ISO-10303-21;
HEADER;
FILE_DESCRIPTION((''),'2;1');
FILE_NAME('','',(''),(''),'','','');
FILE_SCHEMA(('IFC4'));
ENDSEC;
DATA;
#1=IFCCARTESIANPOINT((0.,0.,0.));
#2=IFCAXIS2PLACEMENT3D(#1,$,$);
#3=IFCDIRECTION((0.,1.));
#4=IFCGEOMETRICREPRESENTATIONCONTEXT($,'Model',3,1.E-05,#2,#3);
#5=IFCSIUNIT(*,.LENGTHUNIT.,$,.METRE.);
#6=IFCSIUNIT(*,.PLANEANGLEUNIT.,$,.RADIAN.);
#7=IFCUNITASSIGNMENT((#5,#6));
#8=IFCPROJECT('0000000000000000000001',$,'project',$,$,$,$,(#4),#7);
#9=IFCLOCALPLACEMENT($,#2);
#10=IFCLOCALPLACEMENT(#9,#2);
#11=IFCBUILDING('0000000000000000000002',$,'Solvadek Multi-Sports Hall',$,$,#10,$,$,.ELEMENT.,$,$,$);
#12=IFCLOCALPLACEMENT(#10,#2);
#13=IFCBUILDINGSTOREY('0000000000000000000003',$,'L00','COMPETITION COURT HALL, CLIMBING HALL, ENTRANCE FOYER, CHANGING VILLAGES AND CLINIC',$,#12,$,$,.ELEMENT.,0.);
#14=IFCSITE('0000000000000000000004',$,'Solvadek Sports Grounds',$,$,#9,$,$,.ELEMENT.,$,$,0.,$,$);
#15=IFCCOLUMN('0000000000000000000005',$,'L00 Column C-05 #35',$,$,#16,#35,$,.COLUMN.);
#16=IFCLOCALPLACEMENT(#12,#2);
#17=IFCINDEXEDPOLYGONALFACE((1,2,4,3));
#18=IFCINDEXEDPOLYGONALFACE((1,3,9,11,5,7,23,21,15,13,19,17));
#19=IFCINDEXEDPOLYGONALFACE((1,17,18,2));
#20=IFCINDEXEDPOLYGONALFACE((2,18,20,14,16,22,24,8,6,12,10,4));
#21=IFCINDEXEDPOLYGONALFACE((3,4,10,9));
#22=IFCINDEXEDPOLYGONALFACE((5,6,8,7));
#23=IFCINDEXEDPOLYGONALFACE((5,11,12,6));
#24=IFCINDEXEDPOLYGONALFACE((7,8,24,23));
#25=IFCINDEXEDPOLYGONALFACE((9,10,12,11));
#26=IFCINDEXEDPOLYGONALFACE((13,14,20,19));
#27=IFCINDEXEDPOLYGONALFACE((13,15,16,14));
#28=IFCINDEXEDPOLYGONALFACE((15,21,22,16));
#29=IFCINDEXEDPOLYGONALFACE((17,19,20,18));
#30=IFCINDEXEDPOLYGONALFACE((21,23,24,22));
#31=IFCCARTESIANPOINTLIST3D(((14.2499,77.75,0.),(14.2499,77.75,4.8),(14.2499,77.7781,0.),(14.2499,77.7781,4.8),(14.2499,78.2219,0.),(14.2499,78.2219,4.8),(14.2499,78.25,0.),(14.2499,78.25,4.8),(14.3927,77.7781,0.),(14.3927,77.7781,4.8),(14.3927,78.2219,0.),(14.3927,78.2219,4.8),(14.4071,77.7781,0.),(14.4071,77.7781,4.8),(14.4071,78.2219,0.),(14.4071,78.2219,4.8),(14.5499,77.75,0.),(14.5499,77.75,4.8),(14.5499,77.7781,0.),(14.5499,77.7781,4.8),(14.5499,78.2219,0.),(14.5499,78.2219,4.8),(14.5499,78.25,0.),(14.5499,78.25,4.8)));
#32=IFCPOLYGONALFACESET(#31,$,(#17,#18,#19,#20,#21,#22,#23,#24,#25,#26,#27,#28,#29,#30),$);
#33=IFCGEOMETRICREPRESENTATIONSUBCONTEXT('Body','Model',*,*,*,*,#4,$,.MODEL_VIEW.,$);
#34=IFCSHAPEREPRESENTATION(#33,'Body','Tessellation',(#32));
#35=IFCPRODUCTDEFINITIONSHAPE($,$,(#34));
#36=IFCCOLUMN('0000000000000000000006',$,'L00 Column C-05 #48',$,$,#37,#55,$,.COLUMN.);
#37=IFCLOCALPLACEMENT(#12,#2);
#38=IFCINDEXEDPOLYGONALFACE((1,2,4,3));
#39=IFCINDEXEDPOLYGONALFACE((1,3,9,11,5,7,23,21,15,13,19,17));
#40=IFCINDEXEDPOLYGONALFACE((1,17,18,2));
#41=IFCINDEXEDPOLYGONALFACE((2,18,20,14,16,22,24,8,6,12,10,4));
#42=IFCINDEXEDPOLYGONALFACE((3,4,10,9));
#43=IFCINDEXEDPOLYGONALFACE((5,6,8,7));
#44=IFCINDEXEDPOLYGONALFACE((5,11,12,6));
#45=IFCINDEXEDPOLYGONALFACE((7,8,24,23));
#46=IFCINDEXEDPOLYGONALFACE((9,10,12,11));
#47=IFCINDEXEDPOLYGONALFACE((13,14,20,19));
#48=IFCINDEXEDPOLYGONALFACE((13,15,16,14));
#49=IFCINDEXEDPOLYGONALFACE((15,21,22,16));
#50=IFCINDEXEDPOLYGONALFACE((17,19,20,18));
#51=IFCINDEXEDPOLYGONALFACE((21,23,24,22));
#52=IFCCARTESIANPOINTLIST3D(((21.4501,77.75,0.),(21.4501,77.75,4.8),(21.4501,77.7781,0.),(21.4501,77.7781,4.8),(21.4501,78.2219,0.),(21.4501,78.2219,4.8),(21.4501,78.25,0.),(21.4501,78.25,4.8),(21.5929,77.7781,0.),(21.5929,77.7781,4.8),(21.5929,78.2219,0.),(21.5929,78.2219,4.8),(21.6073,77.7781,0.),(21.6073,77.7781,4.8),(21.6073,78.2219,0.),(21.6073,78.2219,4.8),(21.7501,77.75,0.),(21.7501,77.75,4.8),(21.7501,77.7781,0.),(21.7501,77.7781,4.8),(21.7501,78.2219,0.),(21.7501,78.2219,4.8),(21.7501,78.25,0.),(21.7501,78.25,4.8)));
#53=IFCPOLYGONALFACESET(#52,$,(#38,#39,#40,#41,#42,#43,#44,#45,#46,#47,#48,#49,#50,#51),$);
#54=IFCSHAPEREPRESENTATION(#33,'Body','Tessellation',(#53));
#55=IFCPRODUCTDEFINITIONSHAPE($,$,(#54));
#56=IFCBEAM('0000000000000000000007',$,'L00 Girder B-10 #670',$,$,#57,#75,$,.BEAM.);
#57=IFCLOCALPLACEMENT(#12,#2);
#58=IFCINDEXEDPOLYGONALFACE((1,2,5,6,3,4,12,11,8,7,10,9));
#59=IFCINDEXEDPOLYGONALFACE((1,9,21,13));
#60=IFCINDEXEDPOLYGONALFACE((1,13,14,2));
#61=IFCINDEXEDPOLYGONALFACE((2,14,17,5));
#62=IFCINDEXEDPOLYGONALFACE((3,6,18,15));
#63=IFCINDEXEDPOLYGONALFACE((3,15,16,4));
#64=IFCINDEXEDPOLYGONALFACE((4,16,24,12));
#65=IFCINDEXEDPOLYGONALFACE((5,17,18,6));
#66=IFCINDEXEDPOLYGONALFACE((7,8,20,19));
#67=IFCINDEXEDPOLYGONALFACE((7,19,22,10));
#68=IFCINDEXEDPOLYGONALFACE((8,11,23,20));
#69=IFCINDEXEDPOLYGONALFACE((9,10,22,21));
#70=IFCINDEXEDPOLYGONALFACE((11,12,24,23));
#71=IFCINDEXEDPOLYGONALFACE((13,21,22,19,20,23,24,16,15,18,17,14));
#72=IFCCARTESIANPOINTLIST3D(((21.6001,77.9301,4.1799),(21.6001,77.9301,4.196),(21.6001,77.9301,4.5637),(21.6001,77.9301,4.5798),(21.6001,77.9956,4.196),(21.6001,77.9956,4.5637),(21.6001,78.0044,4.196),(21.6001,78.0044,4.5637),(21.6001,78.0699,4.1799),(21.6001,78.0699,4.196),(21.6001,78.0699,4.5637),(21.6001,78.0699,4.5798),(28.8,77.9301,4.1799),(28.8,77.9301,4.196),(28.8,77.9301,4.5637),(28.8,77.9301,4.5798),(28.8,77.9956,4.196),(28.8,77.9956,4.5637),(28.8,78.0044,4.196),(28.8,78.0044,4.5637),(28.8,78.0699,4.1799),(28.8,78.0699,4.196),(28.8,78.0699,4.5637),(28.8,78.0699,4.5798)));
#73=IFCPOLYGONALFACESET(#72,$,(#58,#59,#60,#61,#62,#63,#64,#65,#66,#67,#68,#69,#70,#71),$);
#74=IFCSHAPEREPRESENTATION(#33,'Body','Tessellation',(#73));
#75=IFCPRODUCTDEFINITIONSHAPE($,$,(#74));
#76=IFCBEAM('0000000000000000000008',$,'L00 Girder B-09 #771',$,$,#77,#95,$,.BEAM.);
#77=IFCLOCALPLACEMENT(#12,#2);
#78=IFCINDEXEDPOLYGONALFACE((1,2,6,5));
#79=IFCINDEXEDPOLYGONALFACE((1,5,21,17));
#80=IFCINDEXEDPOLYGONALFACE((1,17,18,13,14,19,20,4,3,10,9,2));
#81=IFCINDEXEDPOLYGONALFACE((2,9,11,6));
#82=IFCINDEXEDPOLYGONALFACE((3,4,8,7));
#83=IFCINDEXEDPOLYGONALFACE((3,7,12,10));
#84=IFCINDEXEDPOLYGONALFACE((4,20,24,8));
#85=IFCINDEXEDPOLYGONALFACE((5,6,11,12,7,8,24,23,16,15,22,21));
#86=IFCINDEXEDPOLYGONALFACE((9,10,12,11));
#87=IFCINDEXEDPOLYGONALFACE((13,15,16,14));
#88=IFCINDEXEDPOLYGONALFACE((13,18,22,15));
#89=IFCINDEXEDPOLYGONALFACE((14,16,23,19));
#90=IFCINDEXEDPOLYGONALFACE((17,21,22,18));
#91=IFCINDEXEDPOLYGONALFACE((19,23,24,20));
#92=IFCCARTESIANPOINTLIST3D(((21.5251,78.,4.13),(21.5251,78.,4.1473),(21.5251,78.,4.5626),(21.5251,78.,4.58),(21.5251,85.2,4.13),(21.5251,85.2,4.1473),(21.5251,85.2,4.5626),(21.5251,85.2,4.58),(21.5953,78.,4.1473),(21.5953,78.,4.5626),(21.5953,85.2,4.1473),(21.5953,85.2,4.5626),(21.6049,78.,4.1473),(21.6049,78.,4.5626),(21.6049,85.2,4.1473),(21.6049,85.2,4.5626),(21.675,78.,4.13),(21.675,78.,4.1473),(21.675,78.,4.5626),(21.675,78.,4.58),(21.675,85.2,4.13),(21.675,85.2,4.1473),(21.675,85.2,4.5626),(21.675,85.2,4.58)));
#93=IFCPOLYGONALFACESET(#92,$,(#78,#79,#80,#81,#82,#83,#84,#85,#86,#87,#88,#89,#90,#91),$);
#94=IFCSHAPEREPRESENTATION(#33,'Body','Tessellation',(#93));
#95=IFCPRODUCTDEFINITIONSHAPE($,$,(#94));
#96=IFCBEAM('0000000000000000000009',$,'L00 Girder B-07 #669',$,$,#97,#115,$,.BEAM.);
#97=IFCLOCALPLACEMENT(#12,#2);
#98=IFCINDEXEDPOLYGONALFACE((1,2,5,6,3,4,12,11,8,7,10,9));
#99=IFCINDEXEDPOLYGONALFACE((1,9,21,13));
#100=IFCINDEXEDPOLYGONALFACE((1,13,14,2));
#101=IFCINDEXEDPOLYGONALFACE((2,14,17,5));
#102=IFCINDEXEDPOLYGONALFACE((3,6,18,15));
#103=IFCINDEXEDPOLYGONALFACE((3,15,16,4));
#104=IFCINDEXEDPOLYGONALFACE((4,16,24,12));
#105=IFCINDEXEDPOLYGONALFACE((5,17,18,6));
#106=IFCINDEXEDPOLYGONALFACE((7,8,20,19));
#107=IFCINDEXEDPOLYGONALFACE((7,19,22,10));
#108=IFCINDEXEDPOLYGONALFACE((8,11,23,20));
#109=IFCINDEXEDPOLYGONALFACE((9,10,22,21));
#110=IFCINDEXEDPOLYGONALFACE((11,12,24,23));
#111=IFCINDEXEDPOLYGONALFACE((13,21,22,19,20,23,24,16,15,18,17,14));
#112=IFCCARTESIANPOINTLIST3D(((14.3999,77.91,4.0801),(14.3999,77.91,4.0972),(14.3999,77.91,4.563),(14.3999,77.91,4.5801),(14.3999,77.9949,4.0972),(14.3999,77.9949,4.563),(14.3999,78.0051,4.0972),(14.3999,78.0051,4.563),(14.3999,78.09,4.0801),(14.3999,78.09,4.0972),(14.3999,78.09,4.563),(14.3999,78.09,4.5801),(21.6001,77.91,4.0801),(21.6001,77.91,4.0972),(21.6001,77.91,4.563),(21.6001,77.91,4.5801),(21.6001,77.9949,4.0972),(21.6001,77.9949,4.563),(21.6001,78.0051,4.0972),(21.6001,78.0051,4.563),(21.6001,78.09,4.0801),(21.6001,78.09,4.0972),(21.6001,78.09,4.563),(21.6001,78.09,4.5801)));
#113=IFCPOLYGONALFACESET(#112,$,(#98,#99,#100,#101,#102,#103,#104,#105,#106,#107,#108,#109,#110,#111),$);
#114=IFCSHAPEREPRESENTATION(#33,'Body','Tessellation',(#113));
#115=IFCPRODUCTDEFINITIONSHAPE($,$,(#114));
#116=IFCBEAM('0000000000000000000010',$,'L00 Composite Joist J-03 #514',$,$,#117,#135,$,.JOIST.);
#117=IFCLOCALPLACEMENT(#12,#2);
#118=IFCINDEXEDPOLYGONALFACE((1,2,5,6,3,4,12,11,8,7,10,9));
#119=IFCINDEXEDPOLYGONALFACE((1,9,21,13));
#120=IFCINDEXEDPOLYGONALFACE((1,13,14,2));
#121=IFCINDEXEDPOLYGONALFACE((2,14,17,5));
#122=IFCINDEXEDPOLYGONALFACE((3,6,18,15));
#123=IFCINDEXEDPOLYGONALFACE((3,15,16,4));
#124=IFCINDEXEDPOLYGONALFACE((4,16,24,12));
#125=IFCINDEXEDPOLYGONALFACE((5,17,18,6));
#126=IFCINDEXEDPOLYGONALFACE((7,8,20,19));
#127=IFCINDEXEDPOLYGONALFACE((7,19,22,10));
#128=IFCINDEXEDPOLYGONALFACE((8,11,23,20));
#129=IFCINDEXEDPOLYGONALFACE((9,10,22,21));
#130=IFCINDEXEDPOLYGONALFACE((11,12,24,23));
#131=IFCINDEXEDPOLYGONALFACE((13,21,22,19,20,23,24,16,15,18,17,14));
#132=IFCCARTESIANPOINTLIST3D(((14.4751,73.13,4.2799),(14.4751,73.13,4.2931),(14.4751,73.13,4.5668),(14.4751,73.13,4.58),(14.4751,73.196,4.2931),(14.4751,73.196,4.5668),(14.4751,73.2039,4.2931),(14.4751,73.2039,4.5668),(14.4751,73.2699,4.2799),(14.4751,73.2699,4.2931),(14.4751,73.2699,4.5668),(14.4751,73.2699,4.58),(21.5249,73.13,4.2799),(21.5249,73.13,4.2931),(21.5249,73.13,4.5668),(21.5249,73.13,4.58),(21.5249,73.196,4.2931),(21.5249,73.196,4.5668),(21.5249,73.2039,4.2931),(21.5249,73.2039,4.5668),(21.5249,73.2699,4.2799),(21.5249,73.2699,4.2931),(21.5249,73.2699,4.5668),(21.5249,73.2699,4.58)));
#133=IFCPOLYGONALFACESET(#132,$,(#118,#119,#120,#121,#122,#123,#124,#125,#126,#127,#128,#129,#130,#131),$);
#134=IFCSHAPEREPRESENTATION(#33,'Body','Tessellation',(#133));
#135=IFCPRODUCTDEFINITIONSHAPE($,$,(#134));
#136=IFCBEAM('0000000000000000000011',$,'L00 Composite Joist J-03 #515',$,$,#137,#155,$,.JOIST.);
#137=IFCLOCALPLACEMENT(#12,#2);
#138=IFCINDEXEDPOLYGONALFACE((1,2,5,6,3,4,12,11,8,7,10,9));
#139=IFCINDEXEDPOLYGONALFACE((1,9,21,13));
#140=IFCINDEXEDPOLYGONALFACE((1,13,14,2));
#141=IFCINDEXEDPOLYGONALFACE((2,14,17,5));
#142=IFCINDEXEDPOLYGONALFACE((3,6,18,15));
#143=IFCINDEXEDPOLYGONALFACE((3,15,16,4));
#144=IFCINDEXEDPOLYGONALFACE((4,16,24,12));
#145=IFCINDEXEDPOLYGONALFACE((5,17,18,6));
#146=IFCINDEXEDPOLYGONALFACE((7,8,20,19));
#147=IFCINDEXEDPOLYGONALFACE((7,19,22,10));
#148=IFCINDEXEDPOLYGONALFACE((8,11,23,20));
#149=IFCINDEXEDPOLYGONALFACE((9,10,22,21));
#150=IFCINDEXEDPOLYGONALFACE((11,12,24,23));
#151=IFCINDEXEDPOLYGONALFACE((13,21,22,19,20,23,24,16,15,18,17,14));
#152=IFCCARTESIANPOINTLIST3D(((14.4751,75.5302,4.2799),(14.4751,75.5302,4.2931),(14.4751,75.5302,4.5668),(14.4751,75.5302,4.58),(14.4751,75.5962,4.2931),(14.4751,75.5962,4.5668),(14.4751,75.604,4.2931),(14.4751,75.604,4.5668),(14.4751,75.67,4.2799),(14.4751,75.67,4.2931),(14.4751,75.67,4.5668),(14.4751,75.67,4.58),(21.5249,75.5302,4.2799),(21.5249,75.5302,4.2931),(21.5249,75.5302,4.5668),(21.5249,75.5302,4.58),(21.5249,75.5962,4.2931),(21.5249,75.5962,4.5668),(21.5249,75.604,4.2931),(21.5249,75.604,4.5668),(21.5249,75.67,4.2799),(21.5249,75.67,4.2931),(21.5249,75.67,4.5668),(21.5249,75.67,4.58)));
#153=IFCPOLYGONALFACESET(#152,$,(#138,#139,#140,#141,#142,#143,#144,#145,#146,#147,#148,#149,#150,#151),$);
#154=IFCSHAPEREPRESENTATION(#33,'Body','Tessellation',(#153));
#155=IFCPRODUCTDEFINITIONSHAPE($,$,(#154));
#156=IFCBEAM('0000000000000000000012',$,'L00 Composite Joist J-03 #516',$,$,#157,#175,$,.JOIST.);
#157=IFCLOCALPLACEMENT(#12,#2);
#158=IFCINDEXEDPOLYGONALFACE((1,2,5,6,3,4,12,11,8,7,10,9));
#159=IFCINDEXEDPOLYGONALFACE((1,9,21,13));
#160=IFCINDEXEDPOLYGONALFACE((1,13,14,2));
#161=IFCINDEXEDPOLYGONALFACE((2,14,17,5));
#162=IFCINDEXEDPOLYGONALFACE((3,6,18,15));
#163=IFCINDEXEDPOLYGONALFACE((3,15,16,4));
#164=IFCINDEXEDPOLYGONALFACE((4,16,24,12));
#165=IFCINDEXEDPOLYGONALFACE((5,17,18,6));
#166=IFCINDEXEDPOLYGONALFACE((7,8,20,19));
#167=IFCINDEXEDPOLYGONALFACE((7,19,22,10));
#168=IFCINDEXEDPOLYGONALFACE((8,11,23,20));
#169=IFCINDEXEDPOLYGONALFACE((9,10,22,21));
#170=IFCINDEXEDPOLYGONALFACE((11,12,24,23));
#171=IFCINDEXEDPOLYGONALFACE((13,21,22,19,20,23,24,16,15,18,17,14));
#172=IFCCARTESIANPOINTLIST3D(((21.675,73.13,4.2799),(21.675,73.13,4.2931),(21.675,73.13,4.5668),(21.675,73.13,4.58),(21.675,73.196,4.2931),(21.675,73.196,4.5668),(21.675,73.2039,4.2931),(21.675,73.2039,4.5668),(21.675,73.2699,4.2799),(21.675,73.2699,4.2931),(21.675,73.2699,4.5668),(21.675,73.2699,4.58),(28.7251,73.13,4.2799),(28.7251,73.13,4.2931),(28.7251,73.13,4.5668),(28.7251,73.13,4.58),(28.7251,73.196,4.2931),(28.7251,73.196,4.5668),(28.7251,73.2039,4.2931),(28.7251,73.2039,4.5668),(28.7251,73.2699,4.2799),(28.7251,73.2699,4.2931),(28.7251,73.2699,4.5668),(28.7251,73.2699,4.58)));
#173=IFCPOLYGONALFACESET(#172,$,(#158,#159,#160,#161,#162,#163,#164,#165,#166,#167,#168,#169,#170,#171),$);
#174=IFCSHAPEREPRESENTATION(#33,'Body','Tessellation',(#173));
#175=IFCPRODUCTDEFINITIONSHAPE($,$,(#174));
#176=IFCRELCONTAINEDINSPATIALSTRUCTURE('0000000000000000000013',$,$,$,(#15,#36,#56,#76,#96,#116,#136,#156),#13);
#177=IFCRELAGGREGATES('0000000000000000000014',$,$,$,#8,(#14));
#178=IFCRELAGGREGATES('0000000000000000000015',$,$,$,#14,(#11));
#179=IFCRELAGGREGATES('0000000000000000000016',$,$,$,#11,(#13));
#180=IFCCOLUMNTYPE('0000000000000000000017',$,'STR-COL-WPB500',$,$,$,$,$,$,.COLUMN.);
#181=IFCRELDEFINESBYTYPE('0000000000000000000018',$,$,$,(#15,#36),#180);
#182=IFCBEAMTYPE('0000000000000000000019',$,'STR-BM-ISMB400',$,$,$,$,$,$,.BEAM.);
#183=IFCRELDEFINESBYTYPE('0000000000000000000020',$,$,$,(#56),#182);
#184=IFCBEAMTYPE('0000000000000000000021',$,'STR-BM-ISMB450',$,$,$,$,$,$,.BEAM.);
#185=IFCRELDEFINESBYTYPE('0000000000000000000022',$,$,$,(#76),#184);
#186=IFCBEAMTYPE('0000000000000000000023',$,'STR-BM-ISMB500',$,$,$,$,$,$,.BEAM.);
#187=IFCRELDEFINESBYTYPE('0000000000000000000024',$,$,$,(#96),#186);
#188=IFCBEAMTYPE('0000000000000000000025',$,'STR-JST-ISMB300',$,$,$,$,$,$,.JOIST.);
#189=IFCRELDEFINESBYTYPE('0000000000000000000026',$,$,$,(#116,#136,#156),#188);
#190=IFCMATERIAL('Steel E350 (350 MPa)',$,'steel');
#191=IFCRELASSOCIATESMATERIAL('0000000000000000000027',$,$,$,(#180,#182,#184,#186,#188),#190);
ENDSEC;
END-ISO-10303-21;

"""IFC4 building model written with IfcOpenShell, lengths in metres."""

from ifc_helpers import new_model, si_unit, direction, frame, origin, origin_2d, place, context, subcontext, project, spatial, i_section, extrude, material, material_profile, profile_set, type_object, element, save


model = new_model("IFC4")

# Units and contexts
model_context = context("Model", 3, precision=1e-05, world=origin(), true_north=direction((0.0, 1.0)))
body_context = subcontext(model_context, "Body", "Model", "MODEL_VIEW")
ifc_project = project(units=[si_unit("LENGTHUNIT", "METRE"), si_unit("PLANEANGLEUNIT", "RADIAN")], contexts=[model_context])

# Site, building, storey
site_placement = place(None, origin())
site = spatial("IfcSite", under=ifc_project, at=site_placement, Name="Solvadek Sports Grounds", CompositionType="ELEMENT", RefElevation=0.0)
building_placement = place(site_placement, origin())
building = spatial("IfcBuilding", under=site, at=building_placement, Name="Solvadek Multi-Sports Hall", CompositionType="ELEMENT")
storey_placement = place(building_placement, origin())
storey = spatial("IfcBuildingStorey", under=building, at=storey_placement, Name="L00", Description="COMPETITION COURT HALL, CLIMBING HALL, ENTRANCE FOYER, CHANGING VILLAGES AND CLINIC", CompositionType="ELEMENT", Elevation=0.0)

# Columns
ifc_material_1 = material(Name="Steel E350 (350 MPa)", Category="steel")
ifc_material_profile_1 = material_profile(ifc_material_1, i_section(OverallWidth=0.3, OverallDepth=0.5, WebThickness=0.0144, FlangeThickness=0.0281, at=origin_2d()), Name="WPB 500")
ifc_profile_set_1 = profile_set([ifc_material_profile_1], Name="Steel E350 (350 MPa)")
column_type = type_object("IfcColumnType", Name="STR-COL-WPB500", PredefinedType="COLUMN", material=ifc_profile_set_1)
for number, where, z_axis, x_axis, name in (
    (1, (14.3999, 78.0, 0.0), (0.0, 0.0, 1.0), (1.0, 0.0, 0.0), "L00 Column C-05 #35"),
    (2, (21.6001, 78.0, 0.0), (0.0, 0.0, 1.0), (1.0, 0.0, 0.0), "L00 Column C-05 #48"),
):
    element("IfcColumn", number, at=place(storey_placement, frame(where, z_axis=z_axis, x_axis=x_axis)), inside=storey, type_object=column_type, Name=name, PredefinedType="COLUMN", context=body_context, shape_type="SweptSolid", body=[
        extrude(i_section(OverallWidth=0.3, OverallDepth=0.5, WebThickness=0.0144, FlangeThickness=0.0281, at=origin_2d()), origin(), (0.0, 0.0, 1.0), 4.8),
    ])

# Beams
ifc_material_profile_2 = material_profile(ifc_material_1, i_section(OverallWidth=0.1399, OverallDepth=0.3999, WebThickness=0.0088, FlangeThickness=0.0161, at=origin_2d()), Name="ISMB 400")
ifc_profile_set_2 = profile_set([ifc_material_profile_2], Name="Steel E350 (350 MPa)")
beam_type_1 = type_object("IfcBeamType", Name="STR-BM-ISMB400", PredefinedType="BEAM", material=ifc_profile_set_2)
beam_1_placement = place(storey_placement, frame((21.6001, 78.0, 4.3799), z_axis=(1.0, 0.0, 0.0), x_axis=(0.0, 1.0, 0.0)))
element("IfcBeam", 3, at=beam_1_placement, inside=storey, type_object=beam_type_1, Name="L00 Girder B-10 #670", PredefinedType="BEAM", context=body_context, shape_type="SweptSolid", body=[
    extrude(i_section(OverallWidth=0.1399, OverallDepth=0.3999, WebThickness=0.0088, FlangeThickness=0.0161, at=origin_2d()), origin(), (0.0, 0.0, 1.0), 7.2),
])
ifc_material_profile_3 = material_profile(ifc_material_1, i_section(OverallWidth=0.1499, OverallDepth=0.45, WebThickness=0.0095, FlangeThickness=0.0173, at=origin_2d()), Name="ISMB 450")
ifc_profile_set_3 = profile_set([ifc_material_profile_3], Name="Steel E350 (350 MPa)")
beam_type_2 = type_object("IfcBeamType", Name="STR-BM-ISMB450", PredefinedType="BEAM", material=ifc_profile_set_3)
beam_2_placement = place(storey_placement, frame((21.6001, 78.0, 4.355), z_axis=(0.0, 1.0, 0.0), x_axis=(-1.0, 0.0, 0.0)))
element("IfcBeam", 4, at=beam_2_placement, inside=storey, type_object=beam_type_2, Name="L00 Girder B-09 #771", PredefinedType="BEAM", context=body_context, shape_type="SweptSolid", body=[
    extrude(i_section(OverallWidth=0.1499, OverallDepth=0.45, WebThickness=0.0095, FlangeThickness=0.0173, at=origin_2d()), origin(), (0.0, 0.0, 1.0), 7.2),
])
ifc_material_profile_4 = material_profile(ifc_material_1, i_section(OverallWidth=0.1799, OverallDepth=0.5, WebThickness=0.0103, FlangeThickness=0.0171, at=origin_2d()), Name="ISMB 500")
ifc_profile_set_4 = profile_set([ifc_material_profile_4], Name="Steel E350 (350 MPa)")
beam_type_3 = type_object("IfcBeamType", Name="STR-BM-ISMB500", PredefinedType="BEAM", material=ifc_profile_set_4)
beam_3_placement = place(storey_placement, frame((14.3999, 78.0, 4.3301), z_axis=(1.0, 0.0, 0.0), x_axis=(0.0, 1.0, 0.0)))
element("IfcBeam", 5, at=beam_3_placement, inside=storey, type_object=beam_type_3, Name="L00 Girder B-07 #669", PredefinedType="BEAM", context=body_context, shape_type="SweptSolid", body=[
    extrude(i_section(OverallWidth=0.1799, OverallDepth=0.5, WebThickness=0.0103, FlangeThickness=0.0171, at=origin_2d()), origin(), (0.0, 0.0, 1.0), 7.2002),
])
ifc_material_profile_5 = material_profile(ifc_material_1, i_section(OverallWidth=0.1399, OverallDepth=0.3, WebThickness=0.0078, FlangeThickness=0.0132, at=origin_2d()), Name="ISMB 300")
ifc_profile_set_5 = profile_set([ifc_material_profile_5], Name="Steel E350 (350 MPa)")
beam_type_4 = type_object("IfcBeamType", Name="STR-JST-ISMB300", PredefinedType="JOIST", material=ifc_profile_set_5)
for number, where, z_axis, x_axis, name in (
    (6, (14.4751, 73.2, 4.4299), (1.0, 0.0, 0.0), (0.0, 1.0, 0.0), "L00 Composite Joist J-03 #514"),
    (7, (14.4751, 75.6001, 4.4299), (1.0, 0.0, 0.0), (0.0, 1.0, 0.0), "L00 Composite Joist J-03 #515"),
):
    element("IfcBeam", number, at=place(storey_placement, frame(where, z_axis=z_axis, x_axis=x_axis)), inside=storey, type_object=beam_type_4, Name=name, PredefinedType="JOIST", context=body_context, shape_type="SweptSolid", body=[
        extrude(i_section(OverallWidth=0.1399, OverallDepth=0.3, WebThickness=0.0078, FlangeThickness=0.0132, at=origin_2d()), origin(), (0.0, 0.0, 1.0), 7.0498),
    ])
for number, where, z_axis, x_axis, name in (
    (8, (21.675, 73.2, 4.4299), (1.0, 0.0, 0.0), (0.0, 1.0, 0.0), "L00 Composite Joist J-03 #516"),
):
    element("IfcBeam", number, at=place(storey_placement, frame(where, z_axis=z_axis, x_axis=x_axis)), inside=storey, type_object=beam_type_4, Name=name, PredefinedType="JOIST", context=body_context, shape_type="SweptSolid", body=[
        extrude(i_section(OverallWidth=0.1399, OverallDepth=0.3, WebThickness=0.0078, FlangeThickness=0.0132, at=origin_2d()), origin(), (0.0, 0.0, 1.0), 7.05),
    ])

save(model, "model.ifc")
